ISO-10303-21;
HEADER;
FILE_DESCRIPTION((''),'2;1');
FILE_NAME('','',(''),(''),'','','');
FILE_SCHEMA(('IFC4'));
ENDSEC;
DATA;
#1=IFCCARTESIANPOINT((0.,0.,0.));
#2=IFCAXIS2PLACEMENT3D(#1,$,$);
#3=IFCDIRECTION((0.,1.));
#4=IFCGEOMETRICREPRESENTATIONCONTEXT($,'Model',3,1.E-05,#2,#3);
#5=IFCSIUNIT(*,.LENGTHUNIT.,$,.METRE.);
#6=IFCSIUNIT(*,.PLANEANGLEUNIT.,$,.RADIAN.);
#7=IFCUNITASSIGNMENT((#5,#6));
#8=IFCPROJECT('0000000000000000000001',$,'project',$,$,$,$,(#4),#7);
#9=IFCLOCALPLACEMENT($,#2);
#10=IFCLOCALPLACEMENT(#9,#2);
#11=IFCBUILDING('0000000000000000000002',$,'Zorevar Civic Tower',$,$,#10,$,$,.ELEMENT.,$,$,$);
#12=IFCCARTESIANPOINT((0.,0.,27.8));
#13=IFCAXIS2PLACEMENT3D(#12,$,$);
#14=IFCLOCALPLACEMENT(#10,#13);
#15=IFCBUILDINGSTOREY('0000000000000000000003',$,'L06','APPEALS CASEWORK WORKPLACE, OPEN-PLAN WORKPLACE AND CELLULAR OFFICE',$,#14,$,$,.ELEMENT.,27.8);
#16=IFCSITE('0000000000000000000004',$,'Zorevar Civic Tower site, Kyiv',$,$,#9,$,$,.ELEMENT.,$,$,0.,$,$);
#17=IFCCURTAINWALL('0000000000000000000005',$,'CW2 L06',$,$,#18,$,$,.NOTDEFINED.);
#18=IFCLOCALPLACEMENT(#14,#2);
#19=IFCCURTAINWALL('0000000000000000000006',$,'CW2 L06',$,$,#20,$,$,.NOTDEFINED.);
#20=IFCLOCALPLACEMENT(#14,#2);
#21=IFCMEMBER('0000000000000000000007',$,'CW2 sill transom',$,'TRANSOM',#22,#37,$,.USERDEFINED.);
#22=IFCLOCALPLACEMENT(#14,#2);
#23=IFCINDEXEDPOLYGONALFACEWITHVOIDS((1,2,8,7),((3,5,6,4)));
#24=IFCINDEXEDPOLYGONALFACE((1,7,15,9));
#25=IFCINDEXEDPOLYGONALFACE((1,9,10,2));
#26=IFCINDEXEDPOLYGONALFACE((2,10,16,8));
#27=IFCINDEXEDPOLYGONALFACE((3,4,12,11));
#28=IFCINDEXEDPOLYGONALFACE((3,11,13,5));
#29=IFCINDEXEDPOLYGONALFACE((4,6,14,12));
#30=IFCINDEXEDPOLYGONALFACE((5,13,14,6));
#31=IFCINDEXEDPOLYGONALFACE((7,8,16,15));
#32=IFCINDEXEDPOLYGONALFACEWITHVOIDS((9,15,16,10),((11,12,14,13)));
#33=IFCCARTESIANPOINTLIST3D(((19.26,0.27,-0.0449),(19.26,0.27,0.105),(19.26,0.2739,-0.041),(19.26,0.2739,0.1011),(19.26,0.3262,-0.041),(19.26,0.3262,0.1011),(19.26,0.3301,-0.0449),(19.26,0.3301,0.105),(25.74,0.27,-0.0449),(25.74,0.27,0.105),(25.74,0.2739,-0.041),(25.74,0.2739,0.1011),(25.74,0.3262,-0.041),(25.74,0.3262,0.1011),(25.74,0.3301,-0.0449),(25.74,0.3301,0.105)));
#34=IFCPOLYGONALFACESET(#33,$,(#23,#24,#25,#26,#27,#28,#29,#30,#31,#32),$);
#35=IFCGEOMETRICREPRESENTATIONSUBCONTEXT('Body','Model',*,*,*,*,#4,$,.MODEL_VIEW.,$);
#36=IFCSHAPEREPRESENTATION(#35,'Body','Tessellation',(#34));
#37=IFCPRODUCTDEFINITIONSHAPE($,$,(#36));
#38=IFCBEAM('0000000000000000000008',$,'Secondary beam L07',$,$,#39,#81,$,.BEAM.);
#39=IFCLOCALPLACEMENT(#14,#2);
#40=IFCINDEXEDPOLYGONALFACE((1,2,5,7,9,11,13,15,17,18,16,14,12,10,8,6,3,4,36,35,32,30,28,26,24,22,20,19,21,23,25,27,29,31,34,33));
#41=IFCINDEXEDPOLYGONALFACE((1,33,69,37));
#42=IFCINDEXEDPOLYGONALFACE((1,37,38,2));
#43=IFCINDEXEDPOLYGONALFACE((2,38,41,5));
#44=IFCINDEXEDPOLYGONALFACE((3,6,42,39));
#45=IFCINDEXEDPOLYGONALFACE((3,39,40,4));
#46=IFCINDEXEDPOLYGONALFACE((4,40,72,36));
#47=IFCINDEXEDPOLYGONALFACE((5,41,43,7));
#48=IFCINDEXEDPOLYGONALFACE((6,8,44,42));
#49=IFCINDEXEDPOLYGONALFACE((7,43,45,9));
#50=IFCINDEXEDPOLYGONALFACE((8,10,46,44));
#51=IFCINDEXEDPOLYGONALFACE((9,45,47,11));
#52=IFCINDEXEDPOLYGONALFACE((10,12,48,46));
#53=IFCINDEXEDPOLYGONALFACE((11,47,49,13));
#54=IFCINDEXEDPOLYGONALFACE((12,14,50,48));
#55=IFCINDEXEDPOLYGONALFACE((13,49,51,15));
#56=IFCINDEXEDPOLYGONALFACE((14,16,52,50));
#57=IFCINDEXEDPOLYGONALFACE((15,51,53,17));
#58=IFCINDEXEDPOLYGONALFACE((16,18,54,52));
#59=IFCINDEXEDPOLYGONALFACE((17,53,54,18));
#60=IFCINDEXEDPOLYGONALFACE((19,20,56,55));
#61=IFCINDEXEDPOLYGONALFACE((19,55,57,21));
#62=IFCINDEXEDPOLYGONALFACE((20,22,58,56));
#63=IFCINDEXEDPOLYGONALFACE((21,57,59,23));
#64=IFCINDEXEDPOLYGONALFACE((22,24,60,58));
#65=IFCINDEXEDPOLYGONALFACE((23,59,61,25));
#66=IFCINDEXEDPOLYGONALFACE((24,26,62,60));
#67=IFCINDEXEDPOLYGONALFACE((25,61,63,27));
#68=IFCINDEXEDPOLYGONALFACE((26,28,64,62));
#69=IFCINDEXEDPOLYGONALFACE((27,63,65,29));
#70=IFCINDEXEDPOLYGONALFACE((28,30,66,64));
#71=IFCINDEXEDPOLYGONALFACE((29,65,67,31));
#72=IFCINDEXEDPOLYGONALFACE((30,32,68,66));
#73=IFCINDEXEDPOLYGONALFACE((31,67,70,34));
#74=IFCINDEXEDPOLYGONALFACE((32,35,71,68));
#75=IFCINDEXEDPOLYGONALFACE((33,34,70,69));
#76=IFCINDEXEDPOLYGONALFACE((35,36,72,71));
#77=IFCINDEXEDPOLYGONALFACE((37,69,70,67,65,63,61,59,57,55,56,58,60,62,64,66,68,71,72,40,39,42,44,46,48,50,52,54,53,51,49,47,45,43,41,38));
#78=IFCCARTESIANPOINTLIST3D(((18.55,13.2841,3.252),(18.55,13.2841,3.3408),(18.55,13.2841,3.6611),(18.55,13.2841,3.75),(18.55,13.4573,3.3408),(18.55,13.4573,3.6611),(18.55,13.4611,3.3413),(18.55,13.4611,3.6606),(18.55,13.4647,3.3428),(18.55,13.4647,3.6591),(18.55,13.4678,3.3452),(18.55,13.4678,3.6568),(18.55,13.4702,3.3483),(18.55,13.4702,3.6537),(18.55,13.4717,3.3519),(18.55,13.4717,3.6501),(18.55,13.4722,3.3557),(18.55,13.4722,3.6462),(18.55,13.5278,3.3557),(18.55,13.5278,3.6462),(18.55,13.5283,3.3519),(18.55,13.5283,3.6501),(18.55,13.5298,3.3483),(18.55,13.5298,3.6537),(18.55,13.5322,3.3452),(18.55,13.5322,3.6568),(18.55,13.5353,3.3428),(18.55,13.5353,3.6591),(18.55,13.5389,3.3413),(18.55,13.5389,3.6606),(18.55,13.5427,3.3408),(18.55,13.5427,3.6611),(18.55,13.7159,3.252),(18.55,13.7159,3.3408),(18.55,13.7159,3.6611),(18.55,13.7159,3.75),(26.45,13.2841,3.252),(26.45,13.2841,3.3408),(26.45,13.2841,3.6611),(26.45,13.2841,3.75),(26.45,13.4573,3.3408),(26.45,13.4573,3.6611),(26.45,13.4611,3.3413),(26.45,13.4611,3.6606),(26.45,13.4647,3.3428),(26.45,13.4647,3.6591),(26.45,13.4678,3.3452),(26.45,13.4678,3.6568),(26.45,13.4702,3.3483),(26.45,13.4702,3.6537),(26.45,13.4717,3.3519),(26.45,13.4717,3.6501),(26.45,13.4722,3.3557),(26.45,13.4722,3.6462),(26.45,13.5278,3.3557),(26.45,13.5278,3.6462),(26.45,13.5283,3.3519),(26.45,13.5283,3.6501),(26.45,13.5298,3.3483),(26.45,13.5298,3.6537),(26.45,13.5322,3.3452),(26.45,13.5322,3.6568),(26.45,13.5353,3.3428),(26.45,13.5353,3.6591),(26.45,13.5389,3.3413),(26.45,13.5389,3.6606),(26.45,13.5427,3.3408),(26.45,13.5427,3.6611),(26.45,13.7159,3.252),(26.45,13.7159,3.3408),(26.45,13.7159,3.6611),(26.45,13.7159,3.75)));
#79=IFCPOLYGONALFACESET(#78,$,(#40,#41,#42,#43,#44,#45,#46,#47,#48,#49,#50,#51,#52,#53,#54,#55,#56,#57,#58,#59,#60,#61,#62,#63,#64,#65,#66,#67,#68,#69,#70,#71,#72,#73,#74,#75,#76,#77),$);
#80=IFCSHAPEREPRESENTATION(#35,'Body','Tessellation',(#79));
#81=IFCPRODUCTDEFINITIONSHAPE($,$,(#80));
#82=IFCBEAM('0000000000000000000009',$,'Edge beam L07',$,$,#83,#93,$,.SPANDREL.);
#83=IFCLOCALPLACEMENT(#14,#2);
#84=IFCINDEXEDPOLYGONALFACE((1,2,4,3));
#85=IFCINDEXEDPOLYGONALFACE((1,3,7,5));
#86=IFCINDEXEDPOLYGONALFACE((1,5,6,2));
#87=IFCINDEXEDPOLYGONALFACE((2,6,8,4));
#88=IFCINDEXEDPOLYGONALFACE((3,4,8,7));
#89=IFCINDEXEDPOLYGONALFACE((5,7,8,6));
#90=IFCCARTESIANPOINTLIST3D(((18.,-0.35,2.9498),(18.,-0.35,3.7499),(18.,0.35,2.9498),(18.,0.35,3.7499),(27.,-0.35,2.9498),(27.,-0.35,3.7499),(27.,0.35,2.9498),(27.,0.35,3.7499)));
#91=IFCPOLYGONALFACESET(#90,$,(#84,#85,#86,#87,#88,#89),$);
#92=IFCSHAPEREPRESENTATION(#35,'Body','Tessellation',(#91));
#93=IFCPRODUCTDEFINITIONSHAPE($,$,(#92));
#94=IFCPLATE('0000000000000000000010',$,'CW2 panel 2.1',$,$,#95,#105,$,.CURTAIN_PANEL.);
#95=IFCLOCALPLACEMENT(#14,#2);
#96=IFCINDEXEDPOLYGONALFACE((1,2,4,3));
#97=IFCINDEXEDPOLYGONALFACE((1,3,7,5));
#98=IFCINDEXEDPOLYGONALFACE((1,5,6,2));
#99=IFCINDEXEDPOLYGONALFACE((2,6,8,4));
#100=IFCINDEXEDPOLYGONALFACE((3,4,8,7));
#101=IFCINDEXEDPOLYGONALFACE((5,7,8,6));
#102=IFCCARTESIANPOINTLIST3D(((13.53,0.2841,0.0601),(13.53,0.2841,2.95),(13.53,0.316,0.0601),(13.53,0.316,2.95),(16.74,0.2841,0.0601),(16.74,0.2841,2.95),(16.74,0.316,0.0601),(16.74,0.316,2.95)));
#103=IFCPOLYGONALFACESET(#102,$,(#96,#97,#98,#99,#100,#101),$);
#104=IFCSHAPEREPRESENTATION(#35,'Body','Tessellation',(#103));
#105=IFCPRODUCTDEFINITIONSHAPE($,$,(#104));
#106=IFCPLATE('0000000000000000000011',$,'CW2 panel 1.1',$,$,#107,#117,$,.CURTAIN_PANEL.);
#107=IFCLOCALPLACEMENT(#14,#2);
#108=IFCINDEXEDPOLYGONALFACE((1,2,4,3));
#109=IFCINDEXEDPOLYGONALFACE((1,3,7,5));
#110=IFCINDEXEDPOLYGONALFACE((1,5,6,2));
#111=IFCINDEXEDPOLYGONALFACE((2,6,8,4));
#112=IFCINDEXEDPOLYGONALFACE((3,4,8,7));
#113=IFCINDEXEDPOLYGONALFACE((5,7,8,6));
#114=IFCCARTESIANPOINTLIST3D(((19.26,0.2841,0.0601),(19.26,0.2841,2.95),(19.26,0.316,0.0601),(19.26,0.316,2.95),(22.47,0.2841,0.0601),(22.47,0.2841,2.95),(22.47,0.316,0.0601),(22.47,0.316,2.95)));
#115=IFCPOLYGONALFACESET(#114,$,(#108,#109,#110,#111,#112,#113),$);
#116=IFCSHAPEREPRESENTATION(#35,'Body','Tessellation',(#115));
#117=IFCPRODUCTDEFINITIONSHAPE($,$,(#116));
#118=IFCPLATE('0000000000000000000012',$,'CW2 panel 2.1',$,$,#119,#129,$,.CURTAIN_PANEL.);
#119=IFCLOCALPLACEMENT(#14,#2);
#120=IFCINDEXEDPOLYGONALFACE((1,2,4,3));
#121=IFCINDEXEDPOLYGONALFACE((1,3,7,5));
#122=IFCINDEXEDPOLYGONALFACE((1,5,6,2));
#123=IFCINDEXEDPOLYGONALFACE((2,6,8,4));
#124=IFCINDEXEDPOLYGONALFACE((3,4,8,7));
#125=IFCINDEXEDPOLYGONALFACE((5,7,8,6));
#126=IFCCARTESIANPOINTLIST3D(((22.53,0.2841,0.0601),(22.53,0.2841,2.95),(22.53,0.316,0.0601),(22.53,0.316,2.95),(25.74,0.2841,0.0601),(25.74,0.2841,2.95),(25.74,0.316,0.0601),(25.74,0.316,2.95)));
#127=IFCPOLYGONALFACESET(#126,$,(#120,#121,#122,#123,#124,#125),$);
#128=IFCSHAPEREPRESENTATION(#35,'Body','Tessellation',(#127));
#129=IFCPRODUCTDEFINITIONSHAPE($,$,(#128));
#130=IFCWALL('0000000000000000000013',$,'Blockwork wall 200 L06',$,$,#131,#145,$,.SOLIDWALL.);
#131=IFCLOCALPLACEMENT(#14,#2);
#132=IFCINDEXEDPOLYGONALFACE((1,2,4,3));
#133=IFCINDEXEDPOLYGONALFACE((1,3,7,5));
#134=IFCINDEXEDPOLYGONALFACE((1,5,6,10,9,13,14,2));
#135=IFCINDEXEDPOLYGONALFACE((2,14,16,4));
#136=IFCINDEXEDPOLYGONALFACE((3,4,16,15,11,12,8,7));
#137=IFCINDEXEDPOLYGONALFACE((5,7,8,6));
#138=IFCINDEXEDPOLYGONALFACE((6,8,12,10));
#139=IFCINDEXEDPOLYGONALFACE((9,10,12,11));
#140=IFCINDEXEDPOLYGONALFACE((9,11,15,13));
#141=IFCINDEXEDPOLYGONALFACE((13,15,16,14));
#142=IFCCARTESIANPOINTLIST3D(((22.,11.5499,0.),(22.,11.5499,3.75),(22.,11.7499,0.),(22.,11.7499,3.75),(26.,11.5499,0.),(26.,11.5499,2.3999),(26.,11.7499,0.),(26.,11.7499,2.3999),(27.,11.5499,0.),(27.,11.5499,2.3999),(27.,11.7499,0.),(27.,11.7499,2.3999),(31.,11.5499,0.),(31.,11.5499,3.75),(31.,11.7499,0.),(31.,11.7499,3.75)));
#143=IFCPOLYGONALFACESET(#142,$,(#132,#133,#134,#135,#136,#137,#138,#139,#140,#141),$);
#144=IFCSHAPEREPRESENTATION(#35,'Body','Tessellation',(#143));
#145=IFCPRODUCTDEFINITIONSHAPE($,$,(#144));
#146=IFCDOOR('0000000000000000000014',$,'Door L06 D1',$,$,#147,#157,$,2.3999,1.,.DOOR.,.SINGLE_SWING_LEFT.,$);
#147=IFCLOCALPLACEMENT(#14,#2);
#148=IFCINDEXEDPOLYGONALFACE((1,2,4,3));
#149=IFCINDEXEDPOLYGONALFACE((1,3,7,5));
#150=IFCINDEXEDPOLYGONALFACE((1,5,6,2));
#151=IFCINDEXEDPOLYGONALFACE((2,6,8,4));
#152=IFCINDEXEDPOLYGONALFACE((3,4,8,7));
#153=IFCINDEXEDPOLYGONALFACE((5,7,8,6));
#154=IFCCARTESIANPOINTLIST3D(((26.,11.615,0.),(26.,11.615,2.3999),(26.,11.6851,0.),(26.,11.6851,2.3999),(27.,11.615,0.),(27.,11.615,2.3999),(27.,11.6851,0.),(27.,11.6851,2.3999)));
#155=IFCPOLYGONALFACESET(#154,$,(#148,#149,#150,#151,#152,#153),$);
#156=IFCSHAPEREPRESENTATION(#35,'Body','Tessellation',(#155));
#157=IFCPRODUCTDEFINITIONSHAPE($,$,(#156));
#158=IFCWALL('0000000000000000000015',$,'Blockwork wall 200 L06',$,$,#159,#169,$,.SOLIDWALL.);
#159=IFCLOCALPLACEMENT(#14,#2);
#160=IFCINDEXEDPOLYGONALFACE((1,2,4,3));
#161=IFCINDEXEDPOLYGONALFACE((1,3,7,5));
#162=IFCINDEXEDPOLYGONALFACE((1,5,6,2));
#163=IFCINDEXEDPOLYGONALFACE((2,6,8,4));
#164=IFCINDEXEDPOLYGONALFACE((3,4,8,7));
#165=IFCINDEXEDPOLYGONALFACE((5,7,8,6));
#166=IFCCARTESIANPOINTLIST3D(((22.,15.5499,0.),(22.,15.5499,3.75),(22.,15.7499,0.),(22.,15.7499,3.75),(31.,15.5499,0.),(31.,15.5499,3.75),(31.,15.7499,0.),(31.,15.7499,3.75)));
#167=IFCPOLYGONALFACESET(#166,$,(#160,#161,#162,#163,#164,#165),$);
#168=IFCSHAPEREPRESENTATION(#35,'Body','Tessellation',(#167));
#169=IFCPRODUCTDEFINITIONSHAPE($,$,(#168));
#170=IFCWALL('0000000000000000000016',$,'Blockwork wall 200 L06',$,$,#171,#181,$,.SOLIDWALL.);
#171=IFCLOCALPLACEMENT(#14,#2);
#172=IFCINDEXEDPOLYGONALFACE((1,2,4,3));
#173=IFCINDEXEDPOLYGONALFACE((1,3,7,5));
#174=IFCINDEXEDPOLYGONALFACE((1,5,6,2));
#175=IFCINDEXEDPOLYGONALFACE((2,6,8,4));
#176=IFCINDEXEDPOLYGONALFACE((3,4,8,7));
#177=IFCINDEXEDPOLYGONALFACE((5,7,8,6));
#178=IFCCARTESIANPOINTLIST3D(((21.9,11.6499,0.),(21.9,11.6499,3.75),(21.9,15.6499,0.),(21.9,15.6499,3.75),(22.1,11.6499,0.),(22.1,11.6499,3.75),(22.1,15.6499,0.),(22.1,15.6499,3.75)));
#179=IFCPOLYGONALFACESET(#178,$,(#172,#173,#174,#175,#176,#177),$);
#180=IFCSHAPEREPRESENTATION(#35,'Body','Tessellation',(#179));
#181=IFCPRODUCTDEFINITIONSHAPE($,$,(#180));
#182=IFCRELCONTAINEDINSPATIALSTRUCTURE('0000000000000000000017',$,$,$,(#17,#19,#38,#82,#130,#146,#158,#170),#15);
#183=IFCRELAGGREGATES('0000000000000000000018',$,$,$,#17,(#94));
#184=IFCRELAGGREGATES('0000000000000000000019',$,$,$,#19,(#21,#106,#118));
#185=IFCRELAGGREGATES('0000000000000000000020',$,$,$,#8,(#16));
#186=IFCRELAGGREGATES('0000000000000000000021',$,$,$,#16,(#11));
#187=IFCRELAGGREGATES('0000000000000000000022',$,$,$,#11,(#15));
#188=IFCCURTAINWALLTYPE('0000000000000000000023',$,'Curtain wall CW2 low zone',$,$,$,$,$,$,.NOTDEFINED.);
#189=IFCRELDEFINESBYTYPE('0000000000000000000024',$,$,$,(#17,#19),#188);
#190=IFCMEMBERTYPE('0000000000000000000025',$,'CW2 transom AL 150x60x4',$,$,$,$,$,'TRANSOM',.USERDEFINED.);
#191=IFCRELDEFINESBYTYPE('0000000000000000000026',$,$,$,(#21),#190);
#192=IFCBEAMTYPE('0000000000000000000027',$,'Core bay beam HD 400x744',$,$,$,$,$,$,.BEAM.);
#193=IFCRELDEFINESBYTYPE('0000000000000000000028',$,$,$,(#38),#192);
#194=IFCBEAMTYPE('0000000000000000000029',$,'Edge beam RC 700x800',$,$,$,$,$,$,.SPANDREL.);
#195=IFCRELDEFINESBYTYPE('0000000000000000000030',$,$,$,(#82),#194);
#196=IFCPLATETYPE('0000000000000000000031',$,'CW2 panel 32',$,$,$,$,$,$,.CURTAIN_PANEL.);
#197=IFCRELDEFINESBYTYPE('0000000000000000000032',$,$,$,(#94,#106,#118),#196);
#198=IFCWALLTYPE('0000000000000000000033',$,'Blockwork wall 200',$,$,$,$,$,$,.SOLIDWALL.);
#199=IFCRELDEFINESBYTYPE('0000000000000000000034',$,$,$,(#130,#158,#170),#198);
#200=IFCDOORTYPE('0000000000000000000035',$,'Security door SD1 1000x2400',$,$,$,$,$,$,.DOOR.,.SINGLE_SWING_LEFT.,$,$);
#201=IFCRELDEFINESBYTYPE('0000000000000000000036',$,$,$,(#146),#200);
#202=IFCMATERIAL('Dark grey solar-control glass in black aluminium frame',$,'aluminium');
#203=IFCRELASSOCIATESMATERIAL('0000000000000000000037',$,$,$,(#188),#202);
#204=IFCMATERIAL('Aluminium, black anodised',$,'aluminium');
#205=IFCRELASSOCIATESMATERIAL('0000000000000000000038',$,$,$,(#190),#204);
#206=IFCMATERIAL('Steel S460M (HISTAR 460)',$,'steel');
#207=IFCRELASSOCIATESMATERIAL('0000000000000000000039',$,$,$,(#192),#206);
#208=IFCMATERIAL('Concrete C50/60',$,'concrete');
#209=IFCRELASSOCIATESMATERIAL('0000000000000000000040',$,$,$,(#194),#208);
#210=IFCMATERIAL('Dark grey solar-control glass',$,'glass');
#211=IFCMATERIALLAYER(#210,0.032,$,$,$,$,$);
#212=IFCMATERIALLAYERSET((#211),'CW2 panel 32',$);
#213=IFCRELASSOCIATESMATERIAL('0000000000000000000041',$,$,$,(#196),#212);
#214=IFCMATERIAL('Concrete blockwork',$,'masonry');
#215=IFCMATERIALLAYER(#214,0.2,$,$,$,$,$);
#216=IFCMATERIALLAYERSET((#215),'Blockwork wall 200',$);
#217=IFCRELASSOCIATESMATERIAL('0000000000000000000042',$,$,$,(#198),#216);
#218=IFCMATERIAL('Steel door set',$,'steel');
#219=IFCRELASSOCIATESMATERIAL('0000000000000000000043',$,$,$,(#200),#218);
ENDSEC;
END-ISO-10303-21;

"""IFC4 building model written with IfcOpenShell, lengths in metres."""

from ifc_helpers import new_model, si_unit, direction, frame, frame_2d, origin, origin_2d, place, context, subcontext, project, spatial, rectangle, hollow_rectangle, i_section, extrude, material, layer, layer_set, material_profile, profile_set, type_object, element, fill, aggregate, save


model = new_model("IFC4")

# Units and contexts
model_context = context("Model", 3, precision=1e-05, world=origin(), true_north=direction((0.0, 1.0)))
body_context = subcontext(model_context, "Body", "Model", "MODEL_VIEW")
ifc_project = project(units=[si_unit("LENGTHUNIT", "METRE"), si_unit("PLANEANGLEUNIT", "RADIAN")], contexts=[model_context])

# Site, building, storey
site_placement = place(None, origin())
site = spatial("IfcSite", under=ifc_project, at=site_placement, Name="Zorevar Civic Tower site, Kyiv", CompositionType="ELEMENT", RefElevation=0.0)
building_placement = place(site_placement, origin())
building = spatial("IfcBuilding", under=site, at=building_placement, Name="Zorevar Civic Tower", CompositionType="ELEMENT")
storey_placement = place(building_placement, frame((0.0, 0.0, 27.8)))
storey = spatial("IfcBuildingStorey", under=building, at=storey_placement, Name="L06", Description="APPEALS CASEWORK WORKPLACE, OPEN-PLAN WORKPLACE AND CELLULAR OFFICE", CompositionType="ELEMENT", Elevation=27.8)

# Curtain wall
ifc_material_1 = material(Name="Dark grey solar-control glass in black aluminium frame", Category="aluminium")
curtain_wall_type = type_object("IfcCurtainWallType", Name="Curtain wall CW2 low zone", PredefinedType="NOTDEFINED", material=ifc_material_1)
curtain_wall_1_placement = place(storey_placement, origin())
curtain_wall_1 = element("IfcCurtainWall", 1, at=curtain_wall_1_placement, inside=storey, type_object=curtain_wall_type, Name="CW2 L06", PredefinedType="NOTDEFINED")

# Curtain wall, member
curtain_wall_2_placement = place(storey_placement, origin())
curtain_wall_2 = element("IfcCurtainWall", 2, at=curtain_wall_2_placement, inside=storey, type_object=curtain_wall_type, Name="CW2 L06", PredefinedType="NOTDEFINED")
ifc_material_2 = material(Name="Aluminium, black anodised", Category="aluminium")
ifc_material_profile_1 = material_profile(ifc_material_2, hollow_rectangle(XDim=0.0601, YDim=0.1499, WallThickness=0.0039, at=origin_2d()), Name="AL 150x60x4")
ifc_profile_set_1 = profile_set([ifc_material_profile_1], Name="Aluminium, black anodised")
member_type_1 = type_object("IfcMemberType", Name="CW2 transom AL 150x60x4", ElementType="TRANSOM", PredefinedType="USERDEFINED", material=ifc_profile_set_1)
member_1_placement = place(storey_placement, frame((19.26, 0.3, 0.03), z_axis=(1.0, 0.0, 0.0), x_axis=(0.0, 1.0, 0.0)))
member_1 = element("IfcMember", 3, at=member_1_placement, type_object=member_type_1, Name="CW2 sill transom", ObjectType="TRANSOM", PredefinedType="USERDEFINED", context=body_context, shape_type="SweptSolid", body=[
    extrude(hollow_rectangle(XDim=0.0601, YDim=0.1499, WallThickness=0.0039, at=origin_2d()), origin(), (0.0, 0.0, 1.0), 6.48),
])

# Beams
ifc_material_3 = material(Name="Steel S460M (HISTAR 460)", Category="steel")
ifc_material_profile_2 = material_profile(ifc_material_3, i_section(OverallWidth=0.4319, OverallDepth=0.498, WebThickness=0.0557, FlangeThickness=0.0889, FilletRadius=0.0149, at=origin_2d()), Name="HD 400x744")
ifc_profile_set_2 = profile_set([ifc_material_profile_2], Name="Steel S460M (HISTAR 460)")
beam_type_1 = type_object("IfcBeamType", Name="Core bay beam HD 400x744", PredefinedType="BEAM", material=ifc_profile_set_2)
beam_1_placement = place(storey_placement, frame((18.55, 13.5, 3.501), z_axis=(1.0, 0.0, 0.0), x_axis=(0.0, 1.0, 0.0)))
element("IfcBeam", 4, at=beam_1_placement, inside=storey, type_object=beam_type_1, Name="Secondary beam L07", PredefinedType="BEAM", context=body_context, shape_type="SweptSolid", body=[
    extrude(i_section(OverallWidth=0.4319, OverallDepth=0.498, WebThickness=0.0557, FlangeThickness=0.0889, FilletRadius=0.0149, at=origin_2d()), origin(), (0.0, 0.0, 1.0), 7.8999),
])
ifc_material_4 = material(Name="Concrete C50/60", Category="concrete")
ifc_material_profile_3 = material_profile(ifc_material_4, rectangle(XDim=0.7, YDim=0.8, at=origin_2d()), Name="RC 700x800")
ifc_profile_set_3 = profile_set([ifc_material_profile_3], Name="Concrete C50/60")
beam_type_2 = type_object("IfcBeamType", Name="Edge beam RC 700x800", PredefinedType="SPANDREL", material=ifc_profile_set_3)
beam_2_placement = place(storey_placement, frame((18.0, 0.0, 3.3499), z_axis=(1.0, 0.0, 0.0), x_axis=(0.0, 1.0, 0.0)))
element("IfcBeam", 5, at=beam_2_placement, inside=storey, type_object=beam_type_2, Name="Edge beam L07", PredefinedType="SPANDREL", context=body_context, shape_type="SweptSolid", body=[
    extrude(rectangle(XDim=0.7, YDim=0.8, at=origin_2d()), origin(), (0.0, 0.0, 1.0), 9.0),
])

# Plates
ifc_material_5 = material(Name="Dark grey solar-control glass", Category="glass")
ifc_layer_1 = layer(ifc_material_5, 0.032)
ifc_layer_set_1 = layer_set([ifc_layer_1], Name="CW2 panel 32")
plate_type = type_object("IfcPlateType", Name="CW2 panel 32", PredefinedType="CURTAIN_PANEL", material=ifc_layer_set_1)
plate_1_placement = place(storey_placement, frame((15.135, 0.3, 0.0601), z_axis=(0.0, 0.0, 1.0), x_axis=(1.0, 0.0, 0.0)))
plate_1 = element("IfcPlate", 6, at=plate_1_placement, type_object=plate_type, Name="CW2 panel 2.1", PredefinedType="CURTAIN_PANEL", context=body_context, shape_type="SweptSolid", body=[
    extrude(rectangle(XDim=3.21, YDim=0.032, at=origin_2d()), origin(), (0.0, 0.0, 1.0), 2.8899),
])
aggregate(curtain_wall_1, [plate_1])
plate_2_placement = place(storey_placement, frame((20.865, 0.3, 0.0601), z_axis=(0.0, 0.0, 1.0), x_axis=(1.0, 0.0, 0.0)))
plate_2 = element("IfcPlate", 7, at=plate_2_placement, type_object=plate_type, Name="CW2 panel 1.1", PredefinedType="CURTAIN_PANEL", context=body_context, shape_type="SweptSolid", body=[
    extrude(rectangle(XDim=3.21, YDim=0.032, at=origin_2d()), origin(), (0.0, 0.0, 1.0), 2.8899),
])
plate_3_placement = place(storey_placement, frame((24.135, 0.3, 0.0601), z_axis=(0.0, 0.0, 1.0), x_axis=(1.0, 0.0, 0.0)))
plate_3 = element("IfcPlate", 8, at=plate_3_placement, type_object=plate_type, Name="CW2 panel 2.1", PredefinedType="CURTAIN_PANEL", context=body_context, shape_type="SweptSolid", body=[
    extrude(rectangle(XDim=3.21, YDim=0.032, at=origin_2d()), origin(), (0.0, 0.0, 1.0), 2.8899),
])
aggregate(curtain_wall_2, [member_1, plate_2, plate_3])

# Wall, opening, door
ifc_material_6 = material(Name="Concrete blockwork", Category="masonry")
ifc_layer_2 = layer(ifc_material_6, 0.2)
ifc_layer_set_2 = layer_set([ifc_layer_2], Name="Blockwork wall 200")
wall_type_1 = type_object("IfcWallType", Name="Blockwork wall 200", PredefinedType="SOLIDWALL", material=ifc_layer_set_2)
wall_1_placement = place(storey_placement, frame((22.0, 11.6499, 0.0), z_axis=(0.0, 0.0, 1.0), x_axis=(1.0, 0.0, 0.0)))
wall_1 = element("IfcWall", 9, at=wall_1_placement, inside=storey, type_object=wall_type_1, Name="Blockwork wall 200 L06", PredefinedType="SOLIDWALL", context=body_context, shape_type="SweptSolid", body=[
    extrude(rectangle(XDim=9.0, YDim=0.2, at=frame_2d((4.5, 0.0))), origin(), (0.0, 0.0, 1.0), 3.75),
])
opening_1_placement = place(wall_1_placement, frame((4.0, 0.0, 0.0)))
opening_1 = element("IfcOpeningElement", 10, at=opening_1_placement, cuts=wall_1, PredefinedType="OPENING", context=body_context, shape_type="SweptSolid", body=[
    extrude(rectangle(XDim=1.0, YDim=2.3999, at=frame_2d((0.5, 1.2))), frame((0.0, 0.1099, 0.0), z_axis=(0.0, -1.0, 0.0), x_axis=(1.0, 0.0, 0.0)), (0.0, 0.0, 1.0), 0.22),
])
ifc_material_7 = material(Name="Steel door set", Category="steel")
door_type_1 = type_object("IfcDoorType", Name="Security door SD1 1000x2400", OperationType="SINGLE_SWING_LEFT", PredefinedType="DOOR", material=ifc_material_7)
door_1_placement = place(opening_1_placement, origin())
door_1 = element("IfcDoor", 11, at=door_1_placement, inside=storey, type_object=door_type_1, Name="Door L06 D1", OperationType="SINGLE_SWING_LEFT", OverallHeight=2.3999, OverallWidth=1.0, PredefinedType="DOOR", context=body_context, shape_type="SweptSolid", body=[
    extrude(rectangle(XDim=1.0, YDim=2.3999, at=frame_2d((0.5, 1.2))), frame((0.0, 0.0352, 0.0), z_axis=(0.0, -1.0, 0.0), x_axis=(1.0, 0.0, 0.0)), (0.0, 0.0, 1.0), 0.0701),
])
fill(opening_1, door_1)

# Walls
wall_2_placement = place(storey_placement, frame((22.0, 15.6499, 0.0), z_axis=(0.0, 0.0, 1.0), x_axis=(1.0, 0.0, 0.0)))
element("IfcWall", 12, at=wall_2_placement, inside=storey, type_object=wall_type_1, Name="Blockwork wall 200 L06", PredefinedType="SOLIDWALL", context=body_context, shape_type="SweptSolid", body=[
    extrude(rectangle(XDim=9.0, YDim=0.2, at=frame_2d((4.5, 0.0))), origin(), (0.0, 0.0, 1.0), 3.75),
])
wall_3_placement = place(storey_placement, frame((22.0, 11.6499, 0.0), z_axis=(0.0, 0.0, 1.0), x_axis=(0.0, 1.0, 0.0)))
element("IfcWall", 13, at=wall_3_placement, inside=storey, type_object=wall_type_1, Name="Blockwork wall 200 L06", PredefinedType="SOLIDWALL", context=body_context, shape_type="SweptSolid", body=[
    extrude(rectangle(XDim=4.0, YDim=0.2, at=frame_2d((2.0, 0.0))), origin(), (0.0, 0.0, 1.0), 3.75),
])

save(model, "model.ifc")
